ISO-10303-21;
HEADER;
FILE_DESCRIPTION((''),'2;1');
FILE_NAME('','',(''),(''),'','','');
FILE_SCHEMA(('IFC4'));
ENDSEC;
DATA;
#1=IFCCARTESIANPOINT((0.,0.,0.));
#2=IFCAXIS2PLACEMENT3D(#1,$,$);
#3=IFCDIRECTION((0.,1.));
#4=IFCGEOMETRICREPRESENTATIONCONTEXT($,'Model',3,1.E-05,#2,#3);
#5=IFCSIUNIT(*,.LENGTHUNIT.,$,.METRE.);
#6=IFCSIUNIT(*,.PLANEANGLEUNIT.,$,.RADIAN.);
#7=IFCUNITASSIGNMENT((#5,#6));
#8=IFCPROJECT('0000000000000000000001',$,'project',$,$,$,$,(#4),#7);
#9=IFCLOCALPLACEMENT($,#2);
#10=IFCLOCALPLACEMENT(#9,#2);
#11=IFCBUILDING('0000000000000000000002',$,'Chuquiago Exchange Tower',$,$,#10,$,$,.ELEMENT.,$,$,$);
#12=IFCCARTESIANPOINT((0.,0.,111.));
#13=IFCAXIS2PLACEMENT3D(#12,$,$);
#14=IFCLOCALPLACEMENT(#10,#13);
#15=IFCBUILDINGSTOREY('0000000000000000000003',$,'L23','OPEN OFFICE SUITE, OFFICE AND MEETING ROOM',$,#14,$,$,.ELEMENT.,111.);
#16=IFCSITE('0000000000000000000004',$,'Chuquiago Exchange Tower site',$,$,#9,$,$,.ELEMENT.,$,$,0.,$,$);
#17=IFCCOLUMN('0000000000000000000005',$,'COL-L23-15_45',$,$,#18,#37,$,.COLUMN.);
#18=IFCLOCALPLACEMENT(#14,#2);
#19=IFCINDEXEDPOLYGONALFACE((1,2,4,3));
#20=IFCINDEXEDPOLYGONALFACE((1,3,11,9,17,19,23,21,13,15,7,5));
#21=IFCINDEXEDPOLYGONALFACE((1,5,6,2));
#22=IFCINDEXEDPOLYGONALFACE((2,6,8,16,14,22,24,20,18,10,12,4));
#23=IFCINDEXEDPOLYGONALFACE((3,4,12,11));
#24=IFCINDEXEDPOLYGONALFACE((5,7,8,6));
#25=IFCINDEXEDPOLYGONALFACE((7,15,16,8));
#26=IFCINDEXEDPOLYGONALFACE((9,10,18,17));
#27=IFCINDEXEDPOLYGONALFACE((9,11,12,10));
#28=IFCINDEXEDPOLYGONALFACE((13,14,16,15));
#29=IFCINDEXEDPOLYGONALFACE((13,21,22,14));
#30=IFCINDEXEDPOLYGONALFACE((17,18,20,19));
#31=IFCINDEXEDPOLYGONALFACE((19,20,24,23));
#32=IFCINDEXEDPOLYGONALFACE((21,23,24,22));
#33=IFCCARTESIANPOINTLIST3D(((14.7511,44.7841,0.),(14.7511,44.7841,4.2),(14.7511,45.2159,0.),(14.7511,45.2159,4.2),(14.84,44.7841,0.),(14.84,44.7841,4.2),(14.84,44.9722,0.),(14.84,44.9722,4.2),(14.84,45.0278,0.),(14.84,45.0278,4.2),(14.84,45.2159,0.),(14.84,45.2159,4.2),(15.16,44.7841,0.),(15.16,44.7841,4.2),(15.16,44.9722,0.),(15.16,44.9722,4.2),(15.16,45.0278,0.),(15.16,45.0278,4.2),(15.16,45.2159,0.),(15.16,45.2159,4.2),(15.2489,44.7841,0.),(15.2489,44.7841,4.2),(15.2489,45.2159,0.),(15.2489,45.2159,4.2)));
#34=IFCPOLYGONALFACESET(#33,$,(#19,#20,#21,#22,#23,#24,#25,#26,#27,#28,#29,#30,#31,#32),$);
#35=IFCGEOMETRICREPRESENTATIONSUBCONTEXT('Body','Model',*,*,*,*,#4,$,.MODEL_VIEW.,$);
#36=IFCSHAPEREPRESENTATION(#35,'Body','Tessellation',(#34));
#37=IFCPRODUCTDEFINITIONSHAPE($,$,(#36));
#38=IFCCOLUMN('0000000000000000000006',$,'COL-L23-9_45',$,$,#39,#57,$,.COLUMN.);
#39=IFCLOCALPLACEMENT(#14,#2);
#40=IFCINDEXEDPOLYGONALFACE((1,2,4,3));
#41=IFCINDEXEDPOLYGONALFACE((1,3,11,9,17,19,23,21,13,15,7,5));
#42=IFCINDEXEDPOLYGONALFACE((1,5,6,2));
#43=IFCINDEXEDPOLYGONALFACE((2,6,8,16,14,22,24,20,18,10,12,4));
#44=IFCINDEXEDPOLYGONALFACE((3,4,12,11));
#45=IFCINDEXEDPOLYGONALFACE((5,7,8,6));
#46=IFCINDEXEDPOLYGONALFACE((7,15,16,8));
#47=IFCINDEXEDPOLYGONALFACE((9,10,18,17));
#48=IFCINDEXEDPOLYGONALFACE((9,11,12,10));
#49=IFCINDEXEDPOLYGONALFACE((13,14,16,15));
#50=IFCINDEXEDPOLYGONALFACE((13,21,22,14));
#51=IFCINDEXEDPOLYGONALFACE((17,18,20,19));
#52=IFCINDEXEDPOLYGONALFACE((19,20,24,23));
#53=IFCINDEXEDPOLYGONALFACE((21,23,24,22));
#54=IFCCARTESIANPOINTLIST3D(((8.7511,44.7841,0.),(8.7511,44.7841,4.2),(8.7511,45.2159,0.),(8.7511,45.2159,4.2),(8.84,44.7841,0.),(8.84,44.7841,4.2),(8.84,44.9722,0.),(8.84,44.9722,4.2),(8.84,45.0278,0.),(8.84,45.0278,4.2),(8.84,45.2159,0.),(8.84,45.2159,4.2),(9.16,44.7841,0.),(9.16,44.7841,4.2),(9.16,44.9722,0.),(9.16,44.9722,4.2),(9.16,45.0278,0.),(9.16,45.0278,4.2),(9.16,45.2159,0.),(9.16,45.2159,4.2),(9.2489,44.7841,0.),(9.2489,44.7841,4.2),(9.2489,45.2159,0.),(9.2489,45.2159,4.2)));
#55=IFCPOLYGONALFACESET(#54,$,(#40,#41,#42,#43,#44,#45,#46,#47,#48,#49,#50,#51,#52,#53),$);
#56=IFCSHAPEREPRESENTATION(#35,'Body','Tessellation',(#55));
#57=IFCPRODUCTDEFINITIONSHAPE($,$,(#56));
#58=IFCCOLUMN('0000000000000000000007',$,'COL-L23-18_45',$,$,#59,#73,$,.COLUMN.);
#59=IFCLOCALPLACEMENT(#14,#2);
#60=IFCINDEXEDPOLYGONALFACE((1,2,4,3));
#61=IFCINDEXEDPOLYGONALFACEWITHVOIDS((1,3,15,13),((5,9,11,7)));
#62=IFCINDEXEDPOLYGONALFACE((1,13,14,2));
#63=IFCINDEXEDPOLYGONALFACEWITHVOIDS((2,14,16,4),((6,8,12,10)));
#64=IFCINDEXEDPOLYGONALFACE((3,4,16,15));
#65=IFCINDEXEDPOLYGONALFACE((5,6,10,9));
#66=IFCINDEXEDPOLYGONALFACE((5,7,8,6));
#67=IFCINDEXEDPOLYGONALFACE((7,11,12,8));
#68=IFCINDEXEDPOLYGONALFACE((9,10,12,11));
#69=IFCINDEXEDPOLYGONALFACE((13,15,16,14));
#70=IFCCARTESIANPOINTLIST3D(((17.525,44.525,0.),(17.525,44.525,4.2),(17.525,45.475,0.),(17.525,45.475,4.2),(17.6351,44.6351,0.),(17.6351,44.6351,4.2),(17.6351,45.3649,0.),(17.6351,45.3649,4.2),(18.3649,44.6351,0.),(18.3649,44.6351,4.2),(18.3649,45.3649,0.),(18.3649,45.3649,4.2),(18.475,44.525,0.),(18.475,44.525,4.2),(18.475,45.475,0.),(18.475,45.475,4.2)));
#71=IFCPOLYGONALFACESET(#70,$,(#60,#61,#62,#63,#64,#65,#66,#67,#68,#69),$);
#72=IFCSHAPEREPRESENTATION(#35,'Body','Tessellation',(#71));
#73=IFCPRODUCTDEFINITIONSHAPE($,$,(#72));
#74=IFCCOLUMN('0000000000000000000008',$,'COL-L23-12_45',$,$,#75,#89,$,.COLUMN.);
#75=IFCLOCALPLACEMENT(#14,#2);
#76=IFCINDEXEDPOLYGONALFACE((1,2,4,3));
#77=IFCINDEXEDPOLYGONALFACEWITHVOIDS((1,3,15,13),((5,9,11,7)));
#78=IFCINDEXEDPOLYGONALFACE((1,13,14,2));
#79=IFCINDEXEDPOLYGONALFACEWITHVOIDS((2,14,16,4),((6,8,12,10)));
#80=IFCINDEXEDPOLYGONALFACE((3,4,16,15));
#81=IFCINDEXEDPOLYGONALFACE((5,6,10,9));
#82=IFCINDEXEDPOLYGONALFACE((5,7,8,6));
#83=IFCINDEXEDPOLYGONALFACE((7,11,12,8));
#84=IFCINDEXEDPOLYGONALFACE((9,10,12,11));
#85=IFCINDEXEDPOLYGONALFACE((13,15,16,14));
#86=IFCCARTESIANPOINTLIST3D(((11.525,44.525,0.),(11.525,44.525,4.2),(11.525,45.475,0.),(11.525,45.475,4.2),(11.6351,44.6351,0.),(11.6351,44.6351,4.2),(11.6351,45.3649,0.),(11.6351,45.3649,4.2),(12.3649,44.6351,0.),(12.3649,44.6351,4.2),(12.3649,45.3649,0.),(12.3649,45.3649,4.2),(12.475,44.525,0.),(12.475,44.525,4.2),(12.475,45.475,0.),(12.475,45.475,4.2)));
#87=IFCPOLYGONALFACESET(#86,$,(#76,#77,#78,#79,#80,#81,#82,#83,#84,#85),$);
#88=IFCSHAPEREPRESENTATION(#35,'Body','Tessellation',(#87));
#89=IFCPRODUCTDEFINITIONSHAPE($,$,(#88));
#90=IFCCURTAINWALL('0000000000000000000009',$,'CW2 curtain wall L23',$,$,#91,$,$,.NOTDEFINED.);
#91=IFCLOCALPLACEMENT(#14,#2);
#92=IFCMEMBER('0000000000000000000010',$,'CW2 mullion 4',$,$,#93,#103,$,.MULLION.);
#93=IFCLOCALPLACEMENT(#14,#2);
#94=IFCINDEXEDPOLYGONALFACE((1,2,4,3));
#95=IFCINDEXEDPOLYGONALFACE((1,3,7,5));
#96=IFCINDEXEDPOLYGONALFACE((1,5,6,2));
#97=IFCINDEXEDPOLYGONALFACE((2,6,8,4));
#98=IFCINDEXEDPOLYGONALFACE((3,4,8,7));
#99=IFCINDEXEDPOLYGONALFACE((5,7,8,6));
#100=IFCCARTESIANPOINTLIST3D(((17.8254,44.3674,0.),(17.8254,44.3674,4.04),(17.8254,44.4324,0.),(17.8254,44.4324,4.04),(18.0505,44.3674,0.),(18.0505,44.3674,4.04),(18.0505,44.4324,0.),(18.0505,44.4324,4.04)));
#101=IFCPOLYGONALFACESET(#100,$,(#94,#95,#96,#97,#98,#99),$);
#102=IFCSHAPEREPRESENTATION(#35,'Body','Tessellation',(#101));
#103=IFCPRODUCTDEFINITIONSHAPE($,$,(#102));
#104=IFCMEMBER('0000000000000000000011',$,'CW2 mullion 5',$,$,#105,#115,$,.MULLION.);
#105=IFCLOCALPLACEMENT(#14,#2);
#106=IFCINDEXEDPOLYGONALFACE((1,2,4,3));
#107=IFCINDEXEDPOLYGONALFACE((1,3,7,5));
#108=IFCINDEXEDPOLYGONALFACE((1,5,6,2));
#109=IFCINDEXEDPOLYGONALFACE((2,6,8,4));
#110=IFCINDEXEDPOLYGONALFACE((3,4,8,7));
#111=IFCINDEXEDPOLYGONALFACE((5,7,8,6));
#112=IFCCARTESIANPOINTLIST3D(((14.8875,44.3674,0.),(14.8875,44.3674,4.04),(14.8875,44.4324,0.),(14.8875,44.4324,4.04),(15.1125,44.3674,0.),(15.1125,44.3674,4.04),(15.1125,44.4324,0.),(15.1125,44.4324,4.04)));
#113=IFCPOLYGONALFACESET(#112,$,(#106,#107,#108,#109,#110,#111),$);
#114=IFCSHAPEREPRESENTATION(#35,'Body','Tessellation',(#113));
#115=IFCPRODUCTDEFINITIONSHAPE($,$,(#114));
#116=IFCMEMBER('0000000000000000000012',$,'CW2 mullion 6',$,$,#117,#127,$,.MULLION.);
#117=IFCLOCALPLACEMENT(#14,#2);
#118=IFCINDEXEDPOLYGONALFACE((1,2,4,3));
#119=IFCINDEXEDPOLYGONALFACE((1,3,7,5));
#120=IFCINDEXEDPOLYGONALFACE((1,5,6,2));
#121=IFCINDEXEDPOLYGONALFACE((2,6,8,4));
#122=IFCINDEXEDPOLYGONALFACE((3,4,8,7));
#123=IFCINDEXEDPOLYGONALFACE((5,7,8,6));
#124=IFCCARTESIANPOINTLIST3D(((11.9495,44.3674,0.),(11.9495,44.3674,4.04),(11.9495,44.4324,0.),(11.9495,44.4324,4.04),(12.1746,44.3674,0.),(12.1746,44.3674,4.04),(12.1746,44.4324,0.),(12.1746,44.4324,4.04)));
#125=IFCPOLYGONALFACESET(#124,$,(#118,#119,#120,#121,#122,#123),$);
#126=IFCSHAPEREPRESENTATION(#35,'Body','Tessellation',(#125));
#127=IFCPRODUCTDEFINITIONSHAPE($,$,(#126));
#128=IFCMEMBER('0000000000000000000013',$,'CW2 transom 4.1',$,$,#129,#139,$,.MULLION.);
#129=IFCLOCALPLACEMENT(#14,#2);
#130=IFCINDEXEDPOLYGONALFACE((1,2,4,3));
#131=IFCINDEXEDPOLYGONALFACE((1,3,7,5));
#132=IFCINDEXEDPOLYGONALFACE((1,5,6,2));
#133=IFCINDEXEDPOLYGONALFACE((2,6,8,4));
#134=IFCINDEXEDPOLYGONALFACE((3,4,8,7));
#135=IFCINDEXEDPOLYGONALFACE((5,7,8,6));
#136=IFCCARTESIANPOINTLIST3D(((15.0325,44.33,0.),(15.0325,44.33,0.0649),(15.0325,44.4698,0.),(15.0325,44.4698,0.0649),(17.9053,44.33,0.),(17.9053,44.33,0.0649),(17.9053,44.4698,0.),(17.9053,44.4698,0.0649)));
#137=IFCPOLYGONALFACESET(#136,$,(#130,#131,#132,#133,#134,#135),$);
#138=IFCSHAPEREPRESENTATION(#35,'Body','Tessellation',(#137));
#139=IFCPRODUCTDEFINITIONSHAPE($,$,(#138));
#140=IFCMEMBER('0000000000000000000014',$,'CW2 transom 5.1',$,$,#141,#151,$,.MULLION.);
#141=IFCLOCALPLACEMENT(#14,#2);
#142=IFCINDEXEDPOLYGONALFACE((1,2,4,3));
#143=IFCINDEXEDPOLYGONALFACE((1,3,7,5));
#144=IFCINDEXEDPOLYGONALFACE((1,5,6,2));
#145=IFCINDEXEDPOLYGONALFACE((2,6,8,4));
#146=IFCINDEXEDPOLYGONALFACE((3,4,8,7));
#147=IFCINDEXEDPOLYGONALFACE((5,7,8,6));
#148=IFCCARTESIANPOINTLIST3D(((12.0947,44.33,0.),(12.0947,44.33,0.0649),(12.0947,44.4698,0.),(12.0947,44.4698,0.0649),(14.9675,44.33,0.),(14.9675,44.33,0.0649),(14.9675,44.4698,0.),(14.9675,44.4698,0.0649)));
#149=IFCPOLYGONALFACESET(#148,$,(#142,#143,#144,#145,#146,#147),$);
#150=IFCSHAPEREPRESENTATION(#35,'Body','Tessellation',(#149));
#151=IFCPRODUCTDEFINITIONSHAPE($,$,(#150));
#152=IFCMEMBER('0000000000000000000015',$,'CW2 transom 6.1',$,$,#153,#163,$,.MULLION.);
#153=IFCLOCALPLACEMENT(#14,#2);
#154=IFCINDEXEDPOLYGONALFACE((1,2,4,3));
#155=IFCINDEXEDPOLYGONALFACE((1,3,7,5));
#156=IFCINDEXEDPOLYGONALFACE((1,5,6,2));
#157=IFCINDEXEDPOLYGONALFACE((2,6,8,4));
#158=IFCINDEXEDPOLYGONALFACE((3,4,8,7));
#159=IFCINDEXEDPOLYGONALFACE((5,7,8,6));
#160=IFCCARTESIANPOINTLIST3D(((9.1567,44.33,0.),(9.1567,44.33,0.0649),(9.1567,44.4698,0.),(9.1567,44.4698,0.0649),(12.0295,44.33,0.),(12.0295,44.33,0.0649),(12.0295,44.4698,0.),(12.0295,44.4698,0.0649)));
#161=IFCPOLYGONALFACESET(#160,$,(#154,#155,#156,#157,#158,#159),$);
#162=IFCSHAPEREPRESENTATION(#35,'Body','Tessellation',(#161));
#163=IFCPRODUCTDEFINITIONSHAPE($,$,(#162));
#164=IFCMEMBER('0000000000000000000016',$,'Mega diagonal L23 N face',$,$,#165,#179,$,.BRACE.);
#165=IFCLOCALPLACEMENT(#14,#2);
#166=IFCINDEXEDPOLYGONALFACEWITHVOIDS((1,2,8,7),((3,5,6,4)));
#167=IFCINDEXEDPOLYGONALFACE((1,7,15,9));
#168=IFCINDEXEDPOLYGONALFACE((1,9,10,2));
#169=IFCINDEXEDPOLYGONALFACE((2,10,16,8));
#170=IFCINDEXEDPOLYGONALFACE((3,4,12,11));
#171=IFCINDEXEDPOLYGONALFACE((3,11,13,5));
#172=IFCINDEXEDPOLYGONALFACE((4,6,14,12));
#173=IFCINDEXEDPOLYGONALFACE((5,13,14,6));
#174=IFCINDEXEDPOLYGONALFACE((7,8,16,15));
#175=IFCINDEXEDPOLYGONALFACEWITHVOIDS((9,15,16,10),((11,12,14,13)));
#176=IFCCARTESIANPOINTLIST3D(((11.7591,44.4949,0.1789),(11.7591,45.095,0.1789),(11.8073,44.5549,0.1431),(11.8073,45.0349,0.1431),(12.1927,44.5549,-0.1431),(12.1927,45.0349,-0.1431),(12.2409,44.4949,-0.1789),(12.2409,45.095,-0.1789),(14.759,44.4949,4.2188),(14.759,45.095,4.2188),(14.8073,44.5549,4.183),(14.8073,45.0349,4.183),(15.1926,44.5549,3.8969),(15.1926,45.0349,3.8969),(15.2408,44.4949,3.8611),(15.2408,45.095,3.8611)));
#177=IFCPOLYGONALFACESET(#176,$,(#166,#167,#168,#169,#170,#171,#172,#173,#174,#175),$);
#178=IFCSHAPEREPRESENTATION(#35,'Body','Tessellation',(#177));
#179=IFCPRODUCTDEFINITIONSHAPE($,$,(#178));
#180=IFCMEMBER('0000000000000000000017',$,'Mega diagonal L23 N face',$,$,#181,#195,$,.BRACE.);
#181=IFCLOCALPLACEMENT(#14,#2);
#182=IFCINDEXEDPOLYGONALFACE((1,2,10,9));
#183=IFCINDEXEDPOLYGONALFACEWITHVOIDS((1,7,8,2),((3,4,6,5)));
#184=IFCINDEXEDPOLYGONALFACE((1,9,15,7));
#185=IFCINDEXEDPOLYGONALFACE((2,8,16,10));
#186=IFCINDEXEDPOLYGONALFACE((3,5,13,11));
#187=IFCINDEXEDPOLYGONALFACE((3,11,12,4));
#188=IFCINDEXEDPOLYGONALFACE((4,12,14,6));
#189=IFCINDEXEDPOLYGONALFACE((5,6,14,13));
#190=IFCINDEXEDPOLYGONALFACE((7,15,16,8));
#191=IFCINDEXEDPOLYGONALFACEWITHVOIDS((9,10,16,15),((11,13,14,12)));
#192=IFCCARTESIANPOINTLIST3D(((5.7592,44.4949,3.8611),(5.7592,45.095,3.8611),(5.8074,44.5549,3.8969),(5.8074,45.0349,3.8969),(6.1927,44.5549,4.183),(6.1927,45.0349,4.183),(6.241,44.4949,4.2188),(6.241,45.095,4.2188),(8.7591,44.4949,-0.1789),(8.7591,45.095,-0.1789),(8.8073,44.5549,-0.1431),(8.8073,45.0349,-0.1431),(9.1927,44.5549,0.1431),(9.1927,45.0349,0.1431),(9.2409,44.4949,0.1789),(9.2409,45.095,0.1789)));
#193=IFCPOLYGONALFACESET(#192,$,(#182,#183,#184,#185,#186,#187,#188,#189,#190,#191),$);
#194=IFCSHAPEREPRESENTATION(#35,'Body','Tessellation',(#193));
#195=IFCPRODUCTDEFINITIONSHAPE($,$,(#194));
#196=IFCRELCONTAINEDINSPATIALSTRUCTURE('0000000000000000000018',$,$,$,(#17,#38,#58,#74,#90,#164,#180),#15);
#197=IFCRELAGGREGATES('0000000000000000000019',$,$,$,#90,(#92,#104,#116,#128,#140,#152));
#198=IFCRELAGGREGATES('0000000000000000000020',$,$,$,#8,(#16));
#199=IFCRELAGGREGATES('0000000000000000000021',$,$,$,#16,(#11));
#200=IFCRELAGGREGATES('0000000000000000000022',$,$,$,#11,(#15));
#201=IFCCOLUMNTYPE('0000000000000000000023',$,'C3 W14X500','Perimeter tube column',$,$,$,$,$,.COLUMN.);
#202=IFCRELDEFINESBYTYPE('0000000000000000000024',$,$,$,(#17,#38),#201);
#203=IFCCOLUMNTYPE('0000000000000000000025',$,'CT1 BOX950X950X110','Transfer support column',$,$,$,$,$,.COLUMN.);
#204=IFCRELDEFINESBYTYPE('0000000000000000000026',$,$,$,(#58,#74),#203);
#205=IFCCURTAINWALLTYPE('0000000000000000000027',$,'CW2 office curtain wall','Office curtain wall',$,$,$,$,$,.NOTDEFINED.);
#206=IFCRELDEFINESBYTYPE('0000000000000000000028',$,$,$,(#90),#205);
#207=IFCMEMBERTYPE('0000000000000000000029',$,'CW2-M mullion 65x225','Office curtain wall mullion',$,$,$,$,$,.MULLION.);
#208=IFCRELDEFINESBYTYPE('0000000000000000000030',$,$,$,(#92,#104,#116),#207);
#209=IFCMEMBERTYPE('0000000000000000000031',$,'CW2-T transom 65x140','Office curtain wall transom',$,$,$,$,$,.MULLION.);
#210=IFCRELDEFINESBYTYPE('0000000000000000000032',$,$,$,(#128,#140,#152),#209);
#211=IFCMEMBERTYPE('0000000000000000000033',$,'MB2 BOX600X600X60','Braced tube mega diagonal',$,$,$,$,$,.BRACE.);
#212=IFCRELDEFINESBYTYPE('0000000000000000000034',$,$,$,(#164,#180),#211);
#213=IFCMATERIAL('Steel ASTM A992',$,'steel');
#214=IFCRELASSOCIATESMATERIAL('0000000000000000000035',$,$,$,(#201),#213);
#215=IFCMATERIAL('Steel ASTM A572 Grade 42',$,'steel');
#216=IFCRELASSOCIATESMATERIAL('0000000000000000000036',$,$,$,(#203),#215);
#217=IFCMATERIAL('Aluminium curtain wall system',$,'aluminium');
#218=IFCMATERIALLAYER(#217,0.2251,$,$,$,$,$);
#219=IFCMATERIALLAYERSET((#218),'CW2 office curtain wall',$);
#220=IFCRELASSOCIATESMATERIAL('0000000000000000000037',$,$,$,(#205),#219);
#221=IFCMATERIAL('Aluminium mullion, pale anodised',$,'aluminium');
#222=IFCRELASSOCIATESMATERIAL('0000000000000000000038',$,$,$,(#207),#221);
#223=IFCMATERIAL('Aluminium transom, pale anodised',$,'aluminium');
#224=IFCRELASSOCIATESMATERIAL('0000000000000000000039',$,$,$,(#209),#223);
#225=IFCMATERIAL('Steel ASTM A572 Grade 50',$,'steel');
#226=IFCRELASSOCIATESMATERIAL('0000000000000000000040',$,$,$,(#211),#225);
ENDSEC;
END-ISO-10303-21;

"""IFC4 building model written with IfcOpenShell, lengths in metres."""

from ifc_helpers import new_model, si_unit, direction, frame, origin, origin_2d, place, context, subcontext, project, spatial, rectangle, hollow_rectangle, i_section, extrude, material, layer, layer_set, material_profile, profile_set, type_object, element, aggregate, save


model = new_model("IFC4")

# Units and contexts
model_context = context("Model", 3, precision=1e-05, world=origin(), true_north=direction((0.0, 1.0)))
body_context = subcontext(model_context, "Body", "Model", "MODEL_VIEW")
ifc_project = project(units=[si_unit("LENGTHUNIT", "METRE"), si_unit("PLANEANGLEUNIT", "RADIAN")], contexts=[model_context])

# Site, building, storey
site_placement = place(None, origin())
site = spatial("IfcSite", under=ifc_project, at=site_placement, Name="Chuquiago Exchange Tower site", CompositionType="ELEMENT", RefElevation=0.0)
building_placement = place(site_placement, origin())
building = spatial("IfcBuilding", under=site, at=building_placement, Name="Chuquiago Exchange Tower", CompositionType="ELEMENT")
storey_placement = place(building_placement, frame((0.0, 0.0, 111.0)))
storey = spatial("IfcBuildingStorey", under=building, at=storey_placement, Name="L23", Description="OPEN OFFICE SUITE, OFFICE AND MEETING ROOM", CompositionType="ELEMENT", Elevation=111.0)

# Columns
ifc_material_1 = material(Name="Steel ASTM A992", Category="steel")
ifc_material_profile_1 = material_profile(ifc_material_1, i_section(OverallWidth=0.4319, OverallDepth=0.4978, WebThickness=0.0557, FlangeThickness=0.0889, at=origin_2d()), Name="W14X500")
ifc_profile_set_1 = profile_set([ifc_material_profile_1], Name="Steel ASTM A992")
column_type_1 = type_object("IfcColumnType", Name="C3 W14X500", Description="Perimeter tube column", PredefinedType="COLUMN", material=ifc_profile_set_1)
for number, where, z_axis, x_axis, name in (
    (1, (15.0, 45.0, 0.0), (0.0, 0.0, 1.0), (0.0, 1.0, 0.0), "COL-L23-15_45"),
    (2, (9.0, 45.0, 0.0), (0.0, 0.0, 1.0), (0.0, 1.0, 0.0), "COL-L23-9_45"),
):
    element("IfcColumn", number, at=place(storey_placement, frame(where, z_axis=z_axis, x_axis=x_axis)), inside=storey, type_object=column_type_1, Name=name, PredefinedType="COLUMN", context=body_context, shape_type="SweptSolid", body=[
        extrude(i_section(OverallWidth=0.4319, OverallDepth=0.4978, WebThickness=0.0557, FlangeThickness=0.0889, at=origin_2d()), origin(), (0.0, 0.0, 1.0), 4.2),
    ])
ifc_material_2 = material(Name="Steel ASTM A572 Grade 42", Category="steel")
ifc_material_profile_2 = material_profile(ifc_material_2, hollow_rectangle(XDim=0.95, YDim=0.95, WallThickness=0.1101, at=origin_2d()), Name="BOX950X950X110")
ifc_profile_set_2 = profile_set([ifc_material_profile_2], Name="Steel ASTM A572 Grade 42")
column_type_2 = type_object("IfcColumnType", Name="CT1 BOX950X950X110", Description="Transfer support column", PredefinedType="COLUMN", material=ifc_profile_set_2)
for number, where, z_axis, x_axis, name in (
    (3, (18.0, 45.0, 0.0), (0.0, 0.0, 1.0), (0.0, 1.0, 0.0), "COL-L23-18_45"),
    (4, (12.0, 45.0, 0.0), (0.0, 0.0, 1.0), (0.0, 1.0, 0.0), "COL-L23-12_45"),
):
    element("IfcColumn", number, at=place(storey_placement, frame(where, z_axis=z_axis, x_axis=x_axis)), inside=storey, type_object=column_type_2, Name=name, PredefinedType="COLUMN", context=body_context, shape_type="SweptSolid", body=[
        extrude(hollow_rectangle(XDim=0.95, YDim=0.95, WallThickness=0.1101, at=origin_2d()), origin(), (0.0, 0.0, 1.0), 4.2),
    ])

# Curtain wall, members
ifc_material_3 = material(Name="Aluminium curtain wall system", Category="aluminium")
ifc_layer_1 = layer(ifc_material_3, 0.2251)
ifc_layer_set_1 = layer_set([ifc_layer_1], Name="CW2 office curtain wall")
curtain_wall_type = type_object("IfcCurtainWallType", Name="CW2 office curtain wall", Description="Office curtain wall", PredefinedType="NOTDEFINED", material=ifc_layer_set_1)
curtain_wall_placement = place(storey_placement, origin())
curtain_wall = element("IfcCurtainWall", 5, at=curtain_wall_placement, inside=storey, type_object=curtain_wall_type, Name="CW2 curtain wall L23", PredefinedType="NOTDEFINED")
ifc_material_4 = material(Name="Aluminium mullion, pale anodised", Category="aluminium")
ifc_material_profile_3 = material_profile(ifc_material_4, rectangle(XDim=0.0649, YDim=0.2251, at=origin_2d()), Name="AL 65x225")
ifc_profile_set_3 = profile_set([ifc_material_profile_3], Name="Aluminium mullion, pale anodised")
member_type_1 = type_object("IfcMemberType", Name="CW2-M mullion 65x225", Description="Office curtain wall mullion", PredefinedType="MULLION", material=ifc_profile_set_3)
member_1_placement = place(storey_placement, frame((17.938, 44.3999, 0.0), z_axis=(0.0, 0.0, 1.0), x_axis=(0.0, -1.0, 0.0)))
member_1 = element("IfcMember", 6, at=member_1_placement, type_object=member_type_1, Name="CW2 mullion 4", PredefinedType="MULLION", context=body_context, shape_type="SweptSolid", body=[
    extrude(rectangle(XDim=0.0649, YDim=0.2251, at=origin_2d()), origin(), (0.0, 0.0, 1.0), 4.04),
])
member_2_placement = place(storey_placement, frame((15.0, 44.3999, 0.0), z_axis=(0.0, 0.0, 1.0), x_axis=(0.0, -1.0, 0.0)))
member_2 = element("IfcMember", 7, at=member_2_placement, type_object=member_type_1, Name="CW2 mullion 5", PredefinedType="MULLION", context=body_context, shape_type="SweptSolid", body=[
    extrude(rectangle(XDim=0.0649, YDim=0.2251, at=origin_2d()), origin(), (0.0, 0.0, 1.0), 4.04),
])
member_3_placement = place(storey_placement, frame((12.062, 44.3999, 0.0), z_axis=(0.0, 0.0, 1.0), x_axis=(0.0, -1.0, 0.0)))
member_3 = element("IfcMember", 8, at=member_3_placement, type_object=member_type_1, Name="CW2 mullion 6", PredefinedType="MULLION", context=body_context, shape_type="SweptSolid", body=[
    extrude(rectangle(XDim=0.0649, YDim=0.2251, at=origin_2d()), origin(), (0.0, 0.0, 1.0), 4.04),
])
ifc_material_5 = material(Name="Aluminium transom, pale anodised", Category="aluminium")
ifc_material_profile_4 = material_profile(ifc_material_5, rectangle(XDim=0.1399, YDim=0.0649, at=origin_2d()), Name="AL 140x65")
ifc_profile_set_4 = profile_set([ifc_material_profile_4], Name="Aluminium transom, pale anodised")
member_type_2 = type_object("IfcMemberType", Name="CW2-T transom 65x140", Description="Office curtain wall transom", PredefinedType="MULLION", material=ifc_profile_set_4)
member_4_placement = place(storey_placement, frame((17.9053, 44.3999, 0.0325), z_axis=(-1.0, 0.0, 0.0), x_axis=(0.0, -1.0, 0.0)))
member_4 = element("IfcMember", 9, at=member_4_placement, type_object=member_type_2, Name="CW2 transom 4.1", PredefinedType="MULLION", context=body_context, shape_type="SweptSolid", body=[
    extrude(rectangle(XDim=0.1399, YDim=0.0649, at=origin_2d()), origin(), (0.0, 0.0, 1.0), 2.8728),
])
member_5_placement = place(storey_placement, frame((14.9675, 44.3999, 0.0325), z_axis=(-1.0, 0.0, 0.0), x_axis=(0.0, -1.0, 0.0)))
member_5 = element("IfcMember", 10, at=member_5_placement, type_object=member_type_2, Name="CW2 transom 5.1", PredefinedType="MULLION", context=body_context, shape_type="SweptSolid", body=[
    extrude(rectangle(XDim=0.1399, YDim=0.0649, at=origin_2d()), origin(), (0.0, 0.0, 1.0), 2.8728),
])
member_6_placement = place(storey_placement, frame((12.0295, 44.3999, 0.0325), z_axis=(-1.0, 0.0, 0.0), x_axis=(0.0, -1.0, 0.0)))
member_6 = element("IfcMember", 11, at=member_6_placement, type_object=member_type_2, Name="CW2 transom 6.1", PredefinedType="MULLION", context=body_context, shape_type="SweptSolid", body=[
    extrude(rectangle(XDim=0.1399, YDim=0.0649, at=origin_2d()), origin(), (0.0, 0.0, 1.0), 2.8728),
])

# Members
ifc_material_6 = material(Name="Steel ASTM A572 Grade 50", Category="steel")
ifc_material_profile_5 = material_profile(ifc_material_6, hollow_rectangle(XDim=0.6001, YDim=0.6001, WallThickness=0.0601, at=origin_2d()), Name="BOX600X600X60")
ifc_profile_set_5 = profile_set([ifc_material_profile_5], Name="Steel ASTM A572 Grade 50")
member_type_3 = type_object("IfcMemberType", Name="MB2 BOX600X600X60", Description="Braced tube mega diagonal", PredefinedType="BRACE", material=ifc_profile_set_5)
for number, where, z_axis, x_axis, name in (
    (12, (12.0, 44.7949, 0.0), (0.596174, 0.0, 0.802855), (0.0, 1.0, 0.0), "Mega diagonal L23 N face"),
    (13, (9.0, 44.7949, 0.0), (-0.596174, 0.0, 0.802855), (0.0, -1.0, 0.0), "Mega diagonal L23 N face"),
):
    element("IfcMember", number, at=place(storey_placement, frame(where, z_axis=z_axis, x_axis=x_axis)), inside=storey, type_object=member_type_3, Name=name, PredefinedType="BRACE", context=body_context, shape_type="SweptSolid", body=[
        extrude(hollow_rectangle(XDim=0.6001, YDim=0.6001, WallThickness=0.0601, at=origin_2d()), origin(), (0.0, 0.0, 1.0), 5.032),
    ])

aggregate(curtain_wall, [member_1, member_2, member_3, member_4, member_5, member_6])

save(model, "model.ifc")
